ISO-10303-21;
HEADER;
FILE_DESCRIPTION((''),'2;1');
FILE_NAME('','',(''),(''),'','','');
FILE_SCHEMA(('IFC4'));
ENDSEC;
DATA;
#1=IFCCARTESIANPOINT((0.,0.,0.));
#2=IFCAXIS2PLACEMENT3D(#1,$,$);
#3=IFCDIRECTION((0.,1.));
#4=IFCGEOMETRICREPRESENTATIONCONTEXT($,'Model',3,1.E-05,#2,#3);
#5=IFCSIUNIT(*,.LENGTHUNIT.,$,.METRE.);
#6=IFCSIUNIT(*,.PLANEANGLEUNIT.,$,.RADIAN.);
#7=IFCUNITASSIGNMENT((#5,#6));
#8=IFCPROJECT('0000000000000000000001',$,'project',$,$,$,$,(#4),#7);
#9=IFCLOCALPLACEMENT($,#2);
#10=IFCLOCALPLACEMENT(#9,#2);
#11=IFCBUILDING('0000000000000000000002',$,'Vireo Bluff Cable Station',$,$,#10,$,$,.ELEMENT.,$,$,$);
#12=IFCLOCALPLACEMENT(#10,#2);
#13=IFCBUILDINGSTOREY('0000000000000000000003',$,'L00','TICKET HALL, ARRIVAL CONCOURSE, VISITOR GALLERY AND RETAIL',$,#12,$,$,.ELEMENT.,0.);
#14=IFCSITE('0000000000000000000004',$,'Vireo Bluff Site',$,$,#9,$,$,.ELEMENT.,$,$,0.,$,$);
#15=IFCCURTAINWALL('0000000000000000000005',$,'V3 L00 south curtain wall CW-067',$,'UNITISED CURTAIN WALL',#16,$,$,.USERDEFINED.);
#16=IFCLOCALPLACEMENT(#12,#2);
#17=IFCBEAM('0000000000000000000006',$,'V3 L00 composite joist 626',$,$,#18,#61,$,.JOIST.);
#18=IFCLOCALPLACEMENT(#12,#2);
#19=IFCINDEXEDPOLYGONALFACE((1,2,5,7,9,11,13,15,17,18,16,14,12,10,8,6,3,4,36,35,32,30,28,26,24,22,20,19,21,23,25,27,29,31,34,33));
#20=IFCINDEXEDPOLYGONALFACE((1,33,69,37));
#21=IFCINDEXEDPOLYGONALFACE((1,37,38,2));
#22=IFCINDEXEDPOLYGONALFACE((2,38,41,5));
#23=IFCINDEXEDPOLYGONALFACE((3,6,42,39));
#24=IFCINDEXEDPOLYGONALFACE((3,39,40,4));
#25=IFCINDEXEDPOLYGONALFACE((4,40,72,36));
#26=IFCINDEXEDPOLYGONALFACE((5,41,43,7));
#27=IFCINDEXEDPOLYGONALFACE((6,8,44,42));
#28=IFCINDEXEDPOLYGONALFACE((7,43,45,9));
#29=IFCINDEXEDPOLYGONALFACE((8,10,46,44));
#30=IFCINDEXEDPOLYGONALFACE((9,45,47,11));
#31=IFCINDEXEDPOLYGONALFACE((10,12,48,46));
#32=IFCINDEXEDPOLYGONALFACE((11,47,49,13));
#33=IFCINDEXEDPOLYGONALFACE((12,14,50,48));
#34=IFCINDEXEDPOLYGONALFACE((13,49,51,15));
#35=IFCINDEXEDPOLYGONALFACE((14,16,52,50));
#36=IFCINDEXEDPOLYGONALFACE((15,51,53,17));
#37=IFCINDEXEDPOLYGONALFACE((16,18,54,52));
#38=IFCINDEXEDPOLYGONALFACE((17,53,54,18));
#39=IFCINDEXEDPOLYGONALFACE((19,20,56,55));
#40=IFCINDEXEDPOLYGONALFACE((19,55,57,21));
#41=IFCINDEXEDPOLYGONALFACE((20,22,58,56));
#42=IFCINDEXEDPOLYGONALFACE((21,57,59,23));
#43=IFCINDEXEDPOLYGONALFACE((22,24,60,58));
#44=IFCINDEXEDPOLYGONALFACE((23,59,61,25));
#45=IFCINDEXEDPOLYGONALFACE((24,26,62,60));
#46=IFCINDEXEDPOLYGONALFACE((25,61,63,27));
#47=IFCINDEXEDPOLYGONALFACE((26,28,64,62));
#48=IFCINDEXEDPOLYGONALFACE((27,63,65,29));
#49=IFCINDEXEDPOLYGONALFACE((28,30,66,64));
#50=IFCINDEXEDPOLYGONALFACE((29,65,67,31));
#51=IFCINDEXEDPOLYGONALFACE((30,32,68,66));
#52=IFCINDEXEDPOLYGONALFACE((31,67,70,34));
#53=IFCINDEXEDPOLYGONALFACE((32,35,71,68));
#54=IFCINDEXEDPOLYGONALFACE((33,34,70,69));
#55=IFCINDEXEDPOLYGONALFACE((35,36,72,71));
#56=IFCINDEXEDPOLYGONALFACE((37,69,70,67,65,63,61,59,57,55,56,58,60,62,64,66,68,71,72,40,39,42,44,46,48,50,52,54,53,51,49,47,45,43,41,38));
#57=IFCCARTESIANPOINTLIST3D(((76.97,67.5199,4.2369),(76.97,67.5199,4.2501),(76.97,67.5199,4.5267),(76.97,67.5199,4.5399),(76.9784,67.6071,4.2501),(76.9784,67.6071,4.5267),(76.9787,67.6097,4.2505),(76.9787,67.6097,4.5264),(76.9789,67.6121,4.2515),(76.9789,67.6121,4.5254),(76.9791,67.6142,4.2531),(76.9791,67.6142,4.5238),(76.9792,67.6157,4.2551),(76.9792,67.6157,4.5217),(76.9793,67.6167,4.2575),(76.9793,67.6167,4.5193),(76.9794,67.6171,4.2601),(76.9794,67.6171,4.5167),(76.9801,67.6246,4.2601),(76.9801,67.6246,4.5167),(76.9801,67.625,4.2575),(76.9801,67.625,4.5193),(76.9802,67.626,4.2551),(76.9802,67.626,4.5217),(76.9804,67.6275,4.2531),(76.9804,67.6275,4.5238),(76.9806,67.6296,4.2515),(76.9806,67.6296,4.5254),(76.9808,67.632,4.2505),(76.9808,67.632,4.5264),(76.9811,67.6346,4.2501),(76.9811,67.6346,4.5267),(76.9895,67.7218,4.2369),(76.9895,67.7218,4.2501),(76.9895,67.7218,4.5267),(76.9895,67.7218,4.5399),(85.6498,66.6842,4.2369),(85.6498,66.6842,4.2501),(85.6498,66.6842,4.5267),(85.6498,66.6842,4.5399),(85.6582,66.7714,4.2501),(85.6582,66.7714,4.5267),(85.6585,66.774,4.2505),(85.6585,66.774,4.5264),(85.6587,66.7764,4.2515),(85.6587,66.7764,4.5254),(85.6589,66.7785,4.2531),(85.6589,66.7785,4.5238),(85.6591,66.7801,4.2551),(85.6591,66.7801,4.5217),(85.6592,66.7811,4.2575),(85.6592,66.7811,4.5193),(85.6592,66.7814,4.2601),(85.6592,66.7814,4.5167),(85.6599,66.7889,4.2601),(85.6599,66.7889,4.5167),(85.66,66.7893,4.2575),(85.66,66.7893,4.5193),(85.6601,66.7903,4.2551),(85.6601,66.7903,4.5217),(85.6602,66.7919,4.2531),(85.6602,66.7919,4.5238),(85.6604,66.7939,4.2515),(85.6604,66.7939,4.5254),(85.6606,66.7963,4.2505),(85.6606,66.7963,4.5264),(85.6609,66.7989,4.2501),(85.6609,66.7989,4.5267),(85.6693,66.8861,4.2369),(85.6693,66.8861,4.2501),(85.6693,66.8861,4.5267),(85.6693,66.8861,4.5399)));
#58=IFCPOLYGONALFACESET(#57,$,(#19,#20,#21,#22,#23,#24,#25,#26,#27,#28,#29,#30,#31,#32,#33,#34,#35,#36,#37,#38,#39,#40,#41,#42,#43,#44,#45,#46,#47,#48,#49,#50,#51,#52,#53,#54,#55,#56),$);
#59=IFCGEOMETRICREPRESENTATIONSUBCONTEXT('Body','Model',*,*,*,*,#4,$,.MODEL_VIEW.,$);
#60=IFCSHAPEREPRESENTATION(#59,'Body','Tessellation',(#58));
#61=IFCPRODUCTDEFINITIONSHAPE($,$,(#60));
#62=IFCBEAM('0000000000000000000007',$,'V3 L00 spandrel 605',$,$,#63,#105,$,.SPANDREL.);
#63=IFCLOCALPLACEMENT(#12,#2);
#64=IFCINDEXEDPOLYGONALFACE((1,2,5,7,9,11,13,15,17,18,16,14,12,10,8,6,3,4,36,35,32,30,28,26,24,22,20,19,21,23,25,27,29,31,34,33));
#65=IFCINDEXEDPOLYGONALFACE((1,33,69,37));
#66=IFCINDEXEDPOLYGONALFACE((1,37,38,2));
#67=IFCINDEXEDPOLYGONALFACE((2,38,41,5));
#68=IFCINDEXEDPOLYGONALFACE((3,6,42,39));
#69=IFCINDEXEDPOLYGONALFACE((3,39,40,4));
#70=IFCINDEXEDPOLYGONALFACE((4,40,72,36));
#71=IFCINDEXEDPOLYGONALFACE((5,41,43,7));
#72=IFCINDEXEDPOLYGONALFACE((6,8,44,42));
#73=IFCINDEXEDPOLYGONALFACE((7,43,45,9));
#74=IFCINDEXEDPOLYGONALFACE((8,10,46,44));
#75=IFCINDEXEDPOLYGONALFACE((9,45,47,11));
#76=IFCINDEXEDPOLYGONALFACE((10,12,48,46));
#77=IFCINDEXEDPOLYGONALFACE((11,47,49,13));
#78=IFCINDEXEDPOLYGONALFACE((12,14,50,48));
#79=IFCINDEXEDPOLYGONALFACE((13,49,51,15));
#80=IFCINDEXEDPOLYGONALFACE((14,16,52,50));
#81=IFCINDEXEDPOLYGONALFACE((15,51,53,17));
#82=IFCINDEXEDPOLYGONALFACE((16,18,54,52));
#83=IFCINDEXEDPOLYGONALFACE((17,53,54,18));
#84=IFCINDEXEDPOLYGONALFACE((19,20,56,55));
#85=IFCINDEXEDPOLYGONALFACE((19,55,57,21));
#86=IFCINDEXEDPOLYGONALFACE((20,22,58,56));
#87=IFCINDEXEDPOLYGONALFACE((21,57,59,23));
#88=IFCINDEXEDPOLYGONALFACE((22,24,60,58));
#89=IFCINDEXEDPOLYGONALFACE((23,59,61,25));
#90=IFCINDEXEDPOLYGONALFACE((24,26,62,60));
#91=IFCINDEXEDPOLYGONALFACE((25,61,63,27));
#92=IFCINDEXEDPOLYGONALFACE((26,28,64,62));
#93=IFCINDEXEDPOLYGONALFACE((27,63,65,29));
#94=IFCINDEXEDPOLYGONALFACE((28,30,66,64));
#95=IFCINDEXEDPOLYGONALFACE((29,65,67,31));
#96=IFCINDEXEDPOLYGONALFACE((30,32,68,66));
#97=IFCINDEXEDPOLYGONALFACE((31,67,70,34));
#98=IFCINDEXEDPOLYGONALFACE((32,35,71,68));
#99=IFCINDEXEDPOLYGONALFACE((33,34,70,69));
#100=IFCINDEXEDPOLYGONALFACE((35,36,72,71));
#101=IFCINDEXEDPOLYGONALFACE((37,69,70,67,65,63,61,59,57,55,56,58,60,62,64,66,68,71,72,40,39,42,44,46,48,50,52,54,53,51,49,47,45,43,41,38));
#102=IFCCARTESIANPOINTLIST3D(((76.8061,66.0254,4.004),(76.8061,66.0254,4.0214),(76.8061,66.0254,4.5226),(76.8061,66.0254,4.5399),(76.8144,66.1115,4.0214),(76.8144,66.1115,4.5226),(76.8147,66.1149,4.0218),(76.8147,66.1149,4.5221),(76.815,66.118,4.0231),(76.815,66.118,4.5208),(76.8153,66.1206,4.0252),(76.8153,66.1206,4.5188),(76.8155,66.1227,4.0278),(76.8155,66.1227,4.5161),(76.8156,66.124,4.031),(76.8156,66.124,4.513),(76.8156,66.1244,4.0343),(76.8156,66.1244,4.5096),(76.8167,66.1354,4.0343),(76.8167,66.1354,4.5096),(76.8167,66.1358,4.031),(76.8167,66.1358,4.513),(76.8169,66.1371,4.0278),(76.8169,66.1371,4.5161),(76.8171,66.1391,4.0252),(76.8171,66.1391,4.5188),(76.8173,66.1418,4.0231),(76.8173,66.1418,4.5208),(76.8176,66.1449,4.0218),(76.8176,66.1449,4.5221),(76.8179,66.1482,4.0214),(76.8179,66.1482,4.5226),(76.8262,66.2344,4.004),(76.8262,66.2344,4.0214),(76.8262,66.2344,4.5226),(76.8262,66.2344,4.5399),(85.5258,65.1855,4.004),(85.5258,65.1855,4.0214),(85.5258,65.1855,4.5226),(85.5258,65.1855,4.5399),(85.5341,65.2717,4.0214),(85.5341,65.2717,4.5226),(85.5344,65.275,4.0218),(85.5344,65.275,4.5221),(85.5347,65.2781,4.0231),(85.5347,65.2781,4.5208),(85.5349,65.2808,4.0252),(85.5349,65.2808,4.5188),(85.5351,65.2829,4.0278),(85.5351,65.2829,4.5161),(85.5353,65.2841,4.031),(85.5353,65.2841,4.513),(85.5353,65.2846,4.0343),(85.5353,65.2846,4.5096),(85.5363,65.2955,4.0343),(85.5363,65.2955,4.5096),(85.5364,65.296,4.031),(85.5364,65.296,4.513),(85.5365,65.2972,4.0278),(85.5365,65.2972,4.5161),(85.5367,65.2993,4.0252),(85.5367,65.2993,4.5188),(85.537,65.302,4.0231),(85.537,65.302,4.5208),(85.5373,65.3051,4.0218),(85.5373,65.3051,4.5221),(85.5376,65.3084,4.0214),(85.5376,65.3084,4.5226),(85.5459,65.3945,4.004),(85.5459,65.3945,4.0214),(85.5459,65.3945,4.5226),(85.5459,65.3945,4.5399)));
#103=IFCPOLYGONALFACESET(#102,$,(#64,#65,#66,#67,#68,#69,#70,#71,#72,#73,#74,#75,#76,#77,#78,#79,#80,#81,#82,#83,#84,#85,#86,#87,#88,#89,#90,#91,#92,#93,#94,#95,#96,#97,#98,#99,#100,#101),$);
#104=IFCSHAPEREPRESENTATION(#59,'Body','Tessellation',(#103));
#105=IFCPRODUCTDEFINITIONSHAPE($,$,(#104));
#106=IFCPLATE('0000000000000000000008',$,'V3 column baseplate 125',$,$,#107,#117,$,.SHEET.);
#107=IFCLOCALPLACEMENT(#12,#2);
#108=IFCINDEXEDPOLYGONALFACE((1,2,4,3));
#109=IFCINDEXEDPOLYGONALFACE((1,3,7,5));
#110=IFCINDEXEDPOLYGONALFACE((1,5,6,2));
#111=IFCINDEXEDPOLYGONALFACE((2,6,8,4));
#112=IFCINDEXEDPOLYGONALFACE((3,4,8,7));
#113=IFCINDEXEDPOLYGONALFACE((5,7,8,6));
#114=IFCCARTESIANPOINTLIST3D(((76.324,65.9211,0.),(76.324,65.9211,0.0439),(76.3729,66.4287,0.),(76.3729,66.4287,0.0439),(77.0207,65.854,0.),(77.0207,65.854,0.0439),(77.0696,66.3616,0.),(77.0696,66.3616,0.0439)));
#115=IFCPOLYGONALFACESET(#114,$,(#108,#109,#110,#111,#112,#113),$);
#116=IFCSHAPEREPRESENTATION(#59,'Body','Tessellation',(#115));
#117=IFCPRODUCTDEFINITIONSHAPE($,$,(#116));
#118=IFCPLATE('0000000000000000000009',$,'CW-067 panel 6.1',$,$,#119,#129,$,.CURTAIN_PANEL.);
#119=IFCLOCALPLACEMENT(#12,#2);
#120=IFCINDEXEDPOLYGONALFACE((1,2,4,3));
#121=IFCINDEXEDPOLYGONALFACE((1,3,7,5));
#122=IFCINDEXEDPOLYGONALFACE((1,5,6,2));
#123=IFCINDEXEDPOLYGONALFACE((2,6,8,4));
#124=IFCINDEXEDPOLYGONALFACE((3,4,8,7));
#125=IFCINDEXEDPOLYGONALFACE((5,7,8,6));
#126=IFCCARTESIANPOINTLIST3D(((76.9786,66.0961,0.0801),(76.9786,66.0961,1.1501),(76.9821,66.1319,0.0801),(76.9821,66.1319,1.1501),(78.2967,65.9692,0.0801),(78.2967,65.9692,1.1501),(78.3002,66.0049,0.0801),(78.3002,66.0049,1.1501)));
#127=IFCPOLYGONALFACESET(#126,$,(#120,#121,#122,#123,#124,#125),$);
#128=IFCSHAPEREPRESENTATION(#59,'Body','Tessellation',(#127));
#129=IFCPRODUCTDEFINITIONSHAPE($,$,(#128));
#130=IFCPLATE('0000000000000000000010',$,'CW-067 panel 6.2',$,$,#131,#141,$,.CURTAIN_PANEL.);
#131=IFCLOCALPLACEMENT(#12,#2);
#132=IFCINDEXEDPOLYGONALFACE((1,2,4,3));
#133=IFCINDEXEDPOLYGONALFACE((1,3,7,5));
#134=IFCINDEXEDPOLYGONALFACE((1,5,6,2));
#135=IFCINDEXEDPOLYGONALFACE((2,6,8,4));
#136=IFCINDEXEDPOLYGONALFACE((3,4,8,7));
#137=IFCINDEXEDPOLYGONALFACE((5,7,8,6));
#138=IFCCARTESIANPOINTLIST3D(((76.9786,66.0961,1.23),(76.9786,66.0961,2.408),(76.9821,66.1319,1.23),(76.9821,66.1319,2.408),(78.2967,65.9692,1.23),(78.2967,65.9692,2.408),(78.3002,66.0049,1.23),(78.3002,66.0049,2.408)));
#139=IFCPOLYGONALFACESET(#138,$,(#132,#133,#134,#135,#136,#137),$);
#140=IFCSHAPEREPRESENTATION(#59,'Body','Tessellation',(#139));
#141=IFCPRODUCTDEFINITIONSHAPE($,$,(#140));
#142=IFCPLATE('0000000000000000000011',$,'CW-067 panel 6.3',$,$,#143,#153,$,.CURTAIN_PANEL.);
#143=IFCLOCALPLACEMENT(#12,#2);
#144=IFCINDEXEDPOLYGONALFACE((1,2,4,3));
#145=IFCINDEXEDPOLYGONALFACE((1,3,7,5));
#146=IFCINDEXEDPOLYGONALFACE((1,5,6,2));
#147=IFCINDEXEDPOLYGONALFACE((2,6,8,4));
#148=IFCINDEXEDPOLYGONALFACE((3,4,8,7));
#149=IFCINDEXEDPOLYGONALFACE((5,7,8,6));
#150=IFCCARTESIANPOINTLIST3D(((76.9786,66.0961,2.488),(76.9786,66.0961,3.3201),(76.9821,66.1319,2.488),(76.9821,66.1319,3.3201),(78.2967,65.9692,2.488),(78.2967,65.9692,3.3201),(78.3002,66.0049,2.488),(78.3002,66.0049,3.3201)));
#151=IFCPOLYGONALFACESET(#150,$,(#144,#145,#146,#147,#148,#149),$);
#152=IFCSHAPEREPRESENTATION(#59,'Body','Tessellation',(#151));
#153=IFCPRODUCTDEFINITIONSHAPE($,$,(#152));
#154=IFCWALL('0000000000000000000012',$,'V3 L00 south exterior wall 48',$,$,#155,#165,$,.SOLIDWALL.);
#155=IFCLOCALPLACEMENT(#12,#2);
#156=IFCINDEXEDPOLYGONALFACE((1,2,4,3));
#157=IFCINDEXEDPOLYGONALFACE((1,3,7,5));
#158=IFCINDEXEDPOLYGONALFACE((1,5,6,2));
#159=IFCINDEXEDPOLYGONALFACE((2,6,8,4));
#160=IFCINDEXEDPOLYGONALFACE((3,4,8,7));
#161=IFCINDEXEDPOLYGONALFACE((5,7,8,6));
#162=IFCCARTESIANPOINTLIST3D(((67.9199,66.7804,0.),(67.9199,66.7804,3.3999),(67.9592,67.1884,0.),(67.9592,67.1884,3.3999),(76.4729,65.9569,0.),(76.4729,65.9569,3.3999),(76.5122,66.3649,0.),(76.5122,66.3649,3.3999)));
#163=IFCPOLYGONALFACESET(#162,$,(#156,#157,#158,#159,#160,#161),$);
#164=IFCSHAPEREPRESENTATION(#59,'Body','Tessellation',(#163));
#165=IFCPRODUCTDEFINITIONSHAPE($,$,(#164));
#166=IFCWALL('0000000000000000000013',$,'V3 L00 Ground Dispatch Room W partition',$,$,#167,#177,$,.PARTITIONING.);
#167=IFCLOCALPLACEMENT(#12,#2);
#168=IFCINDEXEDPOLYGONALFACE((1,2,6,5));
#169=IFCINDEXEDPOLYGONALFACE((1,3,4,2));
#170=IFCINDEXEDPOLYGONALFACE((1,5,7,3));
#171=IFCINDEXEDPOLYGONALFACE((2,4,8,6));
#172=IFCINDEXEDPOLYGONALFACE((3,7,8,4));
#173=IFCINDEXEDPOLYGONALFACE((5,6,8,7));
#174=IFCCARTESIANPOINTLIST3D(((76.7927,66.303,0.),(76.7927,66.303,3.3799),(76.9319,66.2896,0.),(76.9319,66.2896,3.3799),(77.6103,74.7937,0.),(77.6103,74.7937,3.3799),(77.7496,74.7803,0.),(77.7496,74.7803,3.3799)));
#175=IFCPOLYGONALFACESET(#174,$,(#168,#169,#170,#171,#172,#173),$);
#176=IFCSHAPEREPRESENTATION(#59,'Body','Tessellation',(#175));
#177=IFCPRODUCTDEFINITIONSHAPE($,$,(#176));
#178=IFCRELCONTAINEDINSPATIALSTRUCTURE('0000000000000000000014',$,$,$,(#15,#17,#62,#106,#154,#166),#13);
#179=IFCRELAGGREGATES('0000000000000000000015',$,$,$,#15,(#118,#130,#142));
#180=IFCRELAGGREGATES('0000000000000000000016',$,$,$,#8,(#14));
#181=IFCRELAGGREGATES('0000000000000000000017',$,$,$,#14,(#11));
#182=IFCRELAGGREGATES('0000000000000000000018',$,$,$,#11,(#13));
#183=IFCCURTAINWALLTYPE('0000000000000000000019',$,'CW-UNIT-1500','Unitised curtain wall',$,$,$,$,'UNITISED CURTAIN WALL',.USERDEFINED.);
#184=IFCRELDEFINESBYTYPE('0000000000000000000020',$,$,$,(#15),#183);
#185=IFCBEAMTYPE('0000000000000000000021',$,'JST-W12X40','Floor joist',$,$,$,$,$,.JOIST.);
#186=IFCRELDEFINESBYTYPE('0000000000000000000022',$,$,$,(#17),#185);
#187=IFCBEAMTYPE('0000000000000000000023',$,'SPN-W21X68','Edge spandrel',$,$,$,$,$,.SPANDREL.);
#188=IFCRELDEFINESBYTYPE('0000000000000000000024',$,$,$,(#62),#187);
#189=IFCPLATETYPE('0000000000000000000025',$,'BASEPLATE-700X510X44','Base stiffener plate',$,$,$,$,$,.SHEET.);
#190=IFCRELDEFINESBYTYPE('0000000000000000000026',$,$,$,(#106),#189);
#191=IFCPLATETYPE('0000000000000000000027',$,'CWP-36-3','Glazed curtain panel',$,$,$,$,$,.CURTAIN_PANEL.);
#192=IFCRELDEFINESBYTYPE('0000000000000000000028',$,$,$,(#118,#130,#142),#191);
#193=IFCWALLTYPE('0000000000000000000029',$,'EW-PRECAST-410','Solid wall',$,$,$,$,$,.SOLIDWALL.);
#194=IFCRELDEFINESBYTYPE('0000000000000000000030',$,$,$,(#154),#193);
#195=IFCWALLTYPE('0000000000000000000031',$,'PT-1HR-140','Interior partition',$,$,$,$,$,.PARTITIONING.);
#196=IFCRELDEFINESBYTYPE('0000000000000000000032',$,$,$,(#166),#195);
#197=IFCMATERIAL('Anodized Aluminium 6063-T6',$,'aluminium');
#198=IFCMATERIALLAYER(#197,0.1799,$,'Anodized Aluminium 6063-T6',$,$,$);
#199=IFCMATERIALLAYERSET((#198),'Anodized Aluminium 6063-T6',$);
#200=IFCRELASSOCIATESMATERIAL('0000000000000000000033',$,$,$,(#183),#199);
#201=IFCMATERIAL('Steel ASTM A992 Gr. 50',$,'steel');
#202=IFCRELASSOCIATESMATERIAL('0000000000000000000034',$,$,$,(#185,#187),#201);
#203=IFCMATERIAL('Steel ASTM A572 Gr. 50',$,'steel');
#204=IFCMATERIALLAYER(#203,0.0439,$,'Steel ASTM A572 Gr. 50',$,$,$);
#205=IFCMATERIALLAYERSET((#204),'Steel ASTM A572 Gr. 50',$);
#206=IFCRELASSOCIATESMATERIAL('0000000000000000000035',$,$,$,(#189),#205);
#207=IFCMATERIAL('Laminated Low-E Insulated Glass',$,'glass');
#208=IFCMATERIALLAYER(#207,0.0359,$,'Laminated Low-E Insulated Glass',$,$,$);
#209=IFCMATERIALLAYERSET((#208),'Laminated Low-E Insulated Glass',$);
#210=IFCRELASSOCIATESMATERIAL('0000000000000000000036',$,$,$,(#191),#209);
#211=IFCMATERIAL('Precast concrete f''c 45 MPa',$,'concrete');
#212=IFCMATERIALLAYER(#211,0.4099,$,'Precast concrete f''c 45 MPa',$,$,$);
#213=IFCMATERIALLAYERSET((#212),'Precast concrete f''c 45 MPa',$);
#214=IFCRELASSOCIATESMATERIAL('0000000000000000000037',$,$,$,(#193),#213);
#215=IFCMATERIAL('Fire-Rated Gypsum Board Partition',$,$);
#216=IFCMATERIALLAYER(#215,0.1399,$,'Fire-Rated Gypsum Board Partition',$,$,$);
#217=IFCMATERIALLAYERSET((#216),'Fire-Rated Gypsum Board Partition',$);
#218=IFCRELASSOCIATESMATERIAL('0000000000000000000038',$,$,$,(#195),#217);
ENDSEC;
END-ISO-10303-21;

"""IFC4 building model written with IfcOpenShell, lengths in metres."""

from ifc_helpers import new_model, si_unit, direction, frame, frame_2d, origin, origin_2d, place, context, subcontext, project, spatial, rectangle, i_section, extrude, material, layer, layer_set, material_profile, profile_set, type_object, element, aggregate, save


model = new_model("IFC4")

# Units and contexts
model_context = context("Model", 3, precision=1e-05, world=origin(), true_north=direction((0.0, 1.0)))
body_context = subcontext(model_context, "Body", "Model", "MODEL_VIEW")
ifc_project = project(units=[si_unit("LENGTHUNIT", "METRE"), si_unit("PLANEANGLEUNIT", "RADIAN")], contexts=[model_context])

# Site, building, storey
site_placement = place(None, origin())
site = spatial("IfcSite", under=ifc_project, at=site_placement, Name="Vireo Bluff Site", CompositionType="ELEMENT", RefElevation=0.0)
building_placement = place(site_placement, origin())
building = spatial("IfcBuilding", under=site, at=building_placement, Name="Vireo Bluff Cable Station", CompositionType="ELEMENT")
storey_placement = place(building_placement, origin())
storey = spatial("IfcBuildingStorey", under=building, at=storey_placement, Name="L00", Description="TICKET HALL, ARRIVAL CONCOURSE, VISITOR GALLERY AND RETAIL", CompositionType="ELEMENT", Elevation=0.0)

# Shared definitions
ifc_material_1 = material(Name="Steel ASTM A992 Gr. 50", Category="steel")

# Curtain wall
ifc_material_2 = material(Name="Anodized Aluminium 6063-T6", Category="aluminium")
ifc_layer_1 = layer(ifc_material_2, 0.1799, Name="Anodized Aluminium 6063-T6")
ifc_layer_set_1 = layer_set([ifc_layer_1], Name="Anodized Aluminium 6063-T6")
curtain_wall_type = type_object("IfcCurtainWallType", Name="CW-UNIT-1500", Description="Unitised curtain wall", ElementType="UNITISED CURTAIN WALL", PredefinedType="USERDEFINED", material=ifc_layer_set_1)
curtain_wall_placement = place(storey_placement, origin())
curtain_wall = element("IfcCurtainWall", 1, at=curtain_wall_placement, inside=storey, type_object=curtain_wall_type, Name="V3 L00 south curtain wall CW-067", ObjectType="UNITISED CURTAIN WALL", PredefinedType="USERDEFINED")

# Beams
ifc_material_profile_1 = material_profile(ifc_material_1, i_section(OverallWidth=0.2029, OverallDepth=0.303, WebThickness=0.0076, FlangeThickness=0.0132, FilletRadius=0.01, at=origin_2d()), Name="W12X40")
ifc_profile_set_1 = profile_set([ifc_material_profile_1], Name="Steel ASTM A992 Gr. 50")
beam_type_1 = type_object("IfcBeamType", Name="JST-W12X40", Description="Floor joist", PredefinedType="JOIST", material=ifc_profile_set_1)
beam_1_placement = place(storey_placement, frame((76.9797, 67.6208, 4.3884), z_axis=(0.995397, -0.095836, 0.0), x_axis=(0.095836, 0.995397, 0.0)))
element("IfcBeam", 2, at=beam_1_placement, inside=storey, type_object=beam_type_1, Name="V3 L00 composite joist 626", PredefinedType="JOIST", context=body_context, shape_type="SweptSolid", body=[
    extrude(i_section(OverallWidth=0.2029, OverallDepth=0.303, WebThickness=0.0076, FlangeThickness=0.0132, FilletRadius=0.01, at=origin_2d()), origin(), (0.0, 0.0, 1.0), 8.72),
])
ifc_material_profile_2 = material_profile(ifc_material_1, i_section(OverallWidth=0.21, OverallDepth=0.5359, WebThickness=0.011, FlangeThickness=0.0173, FilletRadius=0.0129, at=origin_2d()), Name="W21X68")
ifc_profile_set_2 = profile_set([ifc_material_profile_2], Name="Steel ASTM A992 Gr. 50")
beam_type_2 = type_object("IfcBeamType", Name="SPN-W21X68", Description="Edge spandrel", PredefinedType="SPANDREL", material=ifc_profile_set_2)
beam_2_placement = place(storey_placement, frame((76.8162, 66.1299, 4.272), z_axis=(0.995394, -0.095872, 0.0), x_axis=(0.095872, 0.995394, 0.0)))
element("IfcBeam", 3, at=beam_2_placement, inside=storey, type_object=beam_type_2, Name="V3 L00 spandrel 605", PredefinedType="SPANDREL", context=body_context, shape_type="SweptSolid", body=[
    extrude(i_section(OverallWidth=0.21, OverallDepth=0.5359, WebThickness=0.011, FlangeThickness=0.0173, FilletRadius=0.0129, at=origin_2d()), origin(), (0.0, 0.0, 1.0), 8.76),
])

# Plates
ifc_material_3 = material(Name="Steel ASTM A572 Gr. 50", Category="steel")
ifc_layer_2 = layer(ifc_material_3, 0.0439, Name="Steel ASTM A572 Gr. 50")
ifc_layer_set_2 = layer_set([ifc_layer_2], Name="Steel ASTM A572 Gr. 50")
plate_type_1 = type_object("IfcPlateType", Name="BASEPLATE-700X510X44", Description="Base stiffener plate", PredefinedType="SHEET", material=ifc_layer_set_2)
plate_1_placement = place(storey_placement, frame((76.6968, 66.1414, 0.0), z_axis=(0.0, 0.0, 1.0), x_axis=(0.995396, -0.095846, 0.0)))
element("IfcPlate", 4, at=plate_1_placement, inside=storey, type_object=plate_type_1, Name="V3 column baseplate 125", PredefinedType="SHEET", context=body_context, shape_type="SweptSolid", body=[
    extrude(rectangle(XDim=0.7, YDim=0.51, at=origin_2d()), origin(), (0.0, 0.0, 1.0), 0.0439),
])
ifc_material_4 = material(Name="Laminated Low-E Insulated Glass", Category="glass")
ifc_layer_3 = layer(ifc_material_4, 0.0359, Name="Laminated Low-E Insulated Glass")
ifc_layer_set_3 = layer_set([ifc_layer_3], Name="Laminated Low-E Insulated Glass")
plate_type_2 = type_object("IfcPlateType", Name="CWP-36-3", Description="Glazed curtain panel", PredefinedType="CURTAIN_PANEL", material=ifc_layer_set_3)
plate_2_placement = place(storey_placement, frame((77.6394, 66.0505, 0.0801), z_axis=(0.0, 0.0, 1.0), x_axis=(-0.995396, 0.095846, 0.0)))
plate_2 = element("IfcPlate", 5, at=plate_2_placement, type_object=plate_type_2, Name="CW-067 panel 6.1", PredefinedType="CURTAIN_PANEL", context=body_context, shape_type="SweptSolid", body=[
    extrude(rectangle(XDim=1.3242, YDim=0.0359, at=origin_2d()), origin(), (0.0, 0.0, 1.0), 1.0701),
])
plate_3_placement = place(storey_placement, frame((77.6394, 66.0505, 1.23), z_axis=(0.0, 0.0, 1.0), x_axis=(-0.995396, 0.095846, 0.0)))
plate_3 = element("IfcPlate", 6, at=plate_3_placement, type_object=plate_type_2, Name="CW-067 panel 6.2", PredefinedType="CURTAIN_PANEL", context=body_context, shape_type="SweptSolid", body=[
    extrude(rectangle(XDim=1.3242, YDim=0.0359, at=origin_2d()), origin(), (0.0, 0.0, 1.0), 1.178),
])
plate_4_placement = place(storey_placement, frame((77.6394, 66.0505, 2.488), z_axis=(0.0, 0.0, 1.0), x_axis=(-0.995396, 0.095846, 0.0)))
plate_4 = element("IfcPlate", 7, at=plate_4_placement, type_object=plate_type_2, Name="CW-067 panel 6.3", PredefinedType="CURTAIN_PANEL", context=body_context, shape_type="SweptSolid", body=[
    extrude(rectangle(XDim=1.3242, YDim=0.0359, at=origin_2d()), origin(), (0.0, 0.0, 1.0), 0.832),
])
aggregate(curtain_wall, [plate_2, plate_3, plate_4])

# Walls
ifc_material_5 = material(Name="Precast concrete f'c 45 MPa", Category="concrete")
ifc_layer_4 = layer(ifc_material_5, 0.4099, Name="Precast concrete f'c 45 MPa")
ifc_layer_set_4 = layer_set([ifc_layer_4], Name="Precast concrete f'c 45 MPa")
wall_type_1 = type_object("IfcWallType", Name="EW-PRECAST-410", Description="Solid wall", PredefinedType="SOLIDWALL", material=ifc_layer_set_4)
wall_1_placement = place(storey_placement, frame((76.4927, 66.1609, 0.0), z_axis=(0.0, 0.0, 1.0), x_axis=(-0.995397, 0.095837, 0.0)))
element("IfcWall", 8, at=wall_1_placement, inside=storey, type_object=wall_type_1, Name="V3 L00 south exterior wall 48", PredefinedType="SOLIDWALL", context=body_context, shape_type="SweptSolid", body=[
    extrude(rectangle(XDim=8.5925, YDim=0.4099, at=frame_2d((4.2964, 0.0))), origin(), (0.0, 0.0, 1.0), 3.3999),
])
ifc_material_6 = material(Name="Fire-Rated Gypsum Board Partition")
ifc_layer_5 = layer(ifc_material_6, 0.1399, Name="Fire-Rated Gypsum Board Partition")
ifc_layer_set_5 = layer_set([ifc_layer_5], Name="Fire-Rated Gypsum Board Partition")
wall_type_2 = type_object("IfcWallType", Name="PT-1HR-140", Description="Interior partition", PredefinedType="PARTITIONING", material=ifc_layer_set_5)
wall_2_placement = place(storey_placement, frame((76.8623, 66.2961, 0.0), z_axis=(0.0, 0.0, 1.0), x_axis=(0.095853, 0.995395, 0.0)))
element("IfcWall", 9, at=wall_2_placement, inside=storey, type_object=wall_type_2, Name="V3 L00 Ground Dispatch Room W partition", PredefinedType="PARTITIONING", context=body_context, shape_type="SweptSolid", body=[
    extrude(rectangle(XDim=8.53, YDim=0.1399, at=frame_2d((4.2651, 0.0))), origin(), (0.0, 0.0, 1.0), 3.3799),
])

save(model, "model.ifc")
